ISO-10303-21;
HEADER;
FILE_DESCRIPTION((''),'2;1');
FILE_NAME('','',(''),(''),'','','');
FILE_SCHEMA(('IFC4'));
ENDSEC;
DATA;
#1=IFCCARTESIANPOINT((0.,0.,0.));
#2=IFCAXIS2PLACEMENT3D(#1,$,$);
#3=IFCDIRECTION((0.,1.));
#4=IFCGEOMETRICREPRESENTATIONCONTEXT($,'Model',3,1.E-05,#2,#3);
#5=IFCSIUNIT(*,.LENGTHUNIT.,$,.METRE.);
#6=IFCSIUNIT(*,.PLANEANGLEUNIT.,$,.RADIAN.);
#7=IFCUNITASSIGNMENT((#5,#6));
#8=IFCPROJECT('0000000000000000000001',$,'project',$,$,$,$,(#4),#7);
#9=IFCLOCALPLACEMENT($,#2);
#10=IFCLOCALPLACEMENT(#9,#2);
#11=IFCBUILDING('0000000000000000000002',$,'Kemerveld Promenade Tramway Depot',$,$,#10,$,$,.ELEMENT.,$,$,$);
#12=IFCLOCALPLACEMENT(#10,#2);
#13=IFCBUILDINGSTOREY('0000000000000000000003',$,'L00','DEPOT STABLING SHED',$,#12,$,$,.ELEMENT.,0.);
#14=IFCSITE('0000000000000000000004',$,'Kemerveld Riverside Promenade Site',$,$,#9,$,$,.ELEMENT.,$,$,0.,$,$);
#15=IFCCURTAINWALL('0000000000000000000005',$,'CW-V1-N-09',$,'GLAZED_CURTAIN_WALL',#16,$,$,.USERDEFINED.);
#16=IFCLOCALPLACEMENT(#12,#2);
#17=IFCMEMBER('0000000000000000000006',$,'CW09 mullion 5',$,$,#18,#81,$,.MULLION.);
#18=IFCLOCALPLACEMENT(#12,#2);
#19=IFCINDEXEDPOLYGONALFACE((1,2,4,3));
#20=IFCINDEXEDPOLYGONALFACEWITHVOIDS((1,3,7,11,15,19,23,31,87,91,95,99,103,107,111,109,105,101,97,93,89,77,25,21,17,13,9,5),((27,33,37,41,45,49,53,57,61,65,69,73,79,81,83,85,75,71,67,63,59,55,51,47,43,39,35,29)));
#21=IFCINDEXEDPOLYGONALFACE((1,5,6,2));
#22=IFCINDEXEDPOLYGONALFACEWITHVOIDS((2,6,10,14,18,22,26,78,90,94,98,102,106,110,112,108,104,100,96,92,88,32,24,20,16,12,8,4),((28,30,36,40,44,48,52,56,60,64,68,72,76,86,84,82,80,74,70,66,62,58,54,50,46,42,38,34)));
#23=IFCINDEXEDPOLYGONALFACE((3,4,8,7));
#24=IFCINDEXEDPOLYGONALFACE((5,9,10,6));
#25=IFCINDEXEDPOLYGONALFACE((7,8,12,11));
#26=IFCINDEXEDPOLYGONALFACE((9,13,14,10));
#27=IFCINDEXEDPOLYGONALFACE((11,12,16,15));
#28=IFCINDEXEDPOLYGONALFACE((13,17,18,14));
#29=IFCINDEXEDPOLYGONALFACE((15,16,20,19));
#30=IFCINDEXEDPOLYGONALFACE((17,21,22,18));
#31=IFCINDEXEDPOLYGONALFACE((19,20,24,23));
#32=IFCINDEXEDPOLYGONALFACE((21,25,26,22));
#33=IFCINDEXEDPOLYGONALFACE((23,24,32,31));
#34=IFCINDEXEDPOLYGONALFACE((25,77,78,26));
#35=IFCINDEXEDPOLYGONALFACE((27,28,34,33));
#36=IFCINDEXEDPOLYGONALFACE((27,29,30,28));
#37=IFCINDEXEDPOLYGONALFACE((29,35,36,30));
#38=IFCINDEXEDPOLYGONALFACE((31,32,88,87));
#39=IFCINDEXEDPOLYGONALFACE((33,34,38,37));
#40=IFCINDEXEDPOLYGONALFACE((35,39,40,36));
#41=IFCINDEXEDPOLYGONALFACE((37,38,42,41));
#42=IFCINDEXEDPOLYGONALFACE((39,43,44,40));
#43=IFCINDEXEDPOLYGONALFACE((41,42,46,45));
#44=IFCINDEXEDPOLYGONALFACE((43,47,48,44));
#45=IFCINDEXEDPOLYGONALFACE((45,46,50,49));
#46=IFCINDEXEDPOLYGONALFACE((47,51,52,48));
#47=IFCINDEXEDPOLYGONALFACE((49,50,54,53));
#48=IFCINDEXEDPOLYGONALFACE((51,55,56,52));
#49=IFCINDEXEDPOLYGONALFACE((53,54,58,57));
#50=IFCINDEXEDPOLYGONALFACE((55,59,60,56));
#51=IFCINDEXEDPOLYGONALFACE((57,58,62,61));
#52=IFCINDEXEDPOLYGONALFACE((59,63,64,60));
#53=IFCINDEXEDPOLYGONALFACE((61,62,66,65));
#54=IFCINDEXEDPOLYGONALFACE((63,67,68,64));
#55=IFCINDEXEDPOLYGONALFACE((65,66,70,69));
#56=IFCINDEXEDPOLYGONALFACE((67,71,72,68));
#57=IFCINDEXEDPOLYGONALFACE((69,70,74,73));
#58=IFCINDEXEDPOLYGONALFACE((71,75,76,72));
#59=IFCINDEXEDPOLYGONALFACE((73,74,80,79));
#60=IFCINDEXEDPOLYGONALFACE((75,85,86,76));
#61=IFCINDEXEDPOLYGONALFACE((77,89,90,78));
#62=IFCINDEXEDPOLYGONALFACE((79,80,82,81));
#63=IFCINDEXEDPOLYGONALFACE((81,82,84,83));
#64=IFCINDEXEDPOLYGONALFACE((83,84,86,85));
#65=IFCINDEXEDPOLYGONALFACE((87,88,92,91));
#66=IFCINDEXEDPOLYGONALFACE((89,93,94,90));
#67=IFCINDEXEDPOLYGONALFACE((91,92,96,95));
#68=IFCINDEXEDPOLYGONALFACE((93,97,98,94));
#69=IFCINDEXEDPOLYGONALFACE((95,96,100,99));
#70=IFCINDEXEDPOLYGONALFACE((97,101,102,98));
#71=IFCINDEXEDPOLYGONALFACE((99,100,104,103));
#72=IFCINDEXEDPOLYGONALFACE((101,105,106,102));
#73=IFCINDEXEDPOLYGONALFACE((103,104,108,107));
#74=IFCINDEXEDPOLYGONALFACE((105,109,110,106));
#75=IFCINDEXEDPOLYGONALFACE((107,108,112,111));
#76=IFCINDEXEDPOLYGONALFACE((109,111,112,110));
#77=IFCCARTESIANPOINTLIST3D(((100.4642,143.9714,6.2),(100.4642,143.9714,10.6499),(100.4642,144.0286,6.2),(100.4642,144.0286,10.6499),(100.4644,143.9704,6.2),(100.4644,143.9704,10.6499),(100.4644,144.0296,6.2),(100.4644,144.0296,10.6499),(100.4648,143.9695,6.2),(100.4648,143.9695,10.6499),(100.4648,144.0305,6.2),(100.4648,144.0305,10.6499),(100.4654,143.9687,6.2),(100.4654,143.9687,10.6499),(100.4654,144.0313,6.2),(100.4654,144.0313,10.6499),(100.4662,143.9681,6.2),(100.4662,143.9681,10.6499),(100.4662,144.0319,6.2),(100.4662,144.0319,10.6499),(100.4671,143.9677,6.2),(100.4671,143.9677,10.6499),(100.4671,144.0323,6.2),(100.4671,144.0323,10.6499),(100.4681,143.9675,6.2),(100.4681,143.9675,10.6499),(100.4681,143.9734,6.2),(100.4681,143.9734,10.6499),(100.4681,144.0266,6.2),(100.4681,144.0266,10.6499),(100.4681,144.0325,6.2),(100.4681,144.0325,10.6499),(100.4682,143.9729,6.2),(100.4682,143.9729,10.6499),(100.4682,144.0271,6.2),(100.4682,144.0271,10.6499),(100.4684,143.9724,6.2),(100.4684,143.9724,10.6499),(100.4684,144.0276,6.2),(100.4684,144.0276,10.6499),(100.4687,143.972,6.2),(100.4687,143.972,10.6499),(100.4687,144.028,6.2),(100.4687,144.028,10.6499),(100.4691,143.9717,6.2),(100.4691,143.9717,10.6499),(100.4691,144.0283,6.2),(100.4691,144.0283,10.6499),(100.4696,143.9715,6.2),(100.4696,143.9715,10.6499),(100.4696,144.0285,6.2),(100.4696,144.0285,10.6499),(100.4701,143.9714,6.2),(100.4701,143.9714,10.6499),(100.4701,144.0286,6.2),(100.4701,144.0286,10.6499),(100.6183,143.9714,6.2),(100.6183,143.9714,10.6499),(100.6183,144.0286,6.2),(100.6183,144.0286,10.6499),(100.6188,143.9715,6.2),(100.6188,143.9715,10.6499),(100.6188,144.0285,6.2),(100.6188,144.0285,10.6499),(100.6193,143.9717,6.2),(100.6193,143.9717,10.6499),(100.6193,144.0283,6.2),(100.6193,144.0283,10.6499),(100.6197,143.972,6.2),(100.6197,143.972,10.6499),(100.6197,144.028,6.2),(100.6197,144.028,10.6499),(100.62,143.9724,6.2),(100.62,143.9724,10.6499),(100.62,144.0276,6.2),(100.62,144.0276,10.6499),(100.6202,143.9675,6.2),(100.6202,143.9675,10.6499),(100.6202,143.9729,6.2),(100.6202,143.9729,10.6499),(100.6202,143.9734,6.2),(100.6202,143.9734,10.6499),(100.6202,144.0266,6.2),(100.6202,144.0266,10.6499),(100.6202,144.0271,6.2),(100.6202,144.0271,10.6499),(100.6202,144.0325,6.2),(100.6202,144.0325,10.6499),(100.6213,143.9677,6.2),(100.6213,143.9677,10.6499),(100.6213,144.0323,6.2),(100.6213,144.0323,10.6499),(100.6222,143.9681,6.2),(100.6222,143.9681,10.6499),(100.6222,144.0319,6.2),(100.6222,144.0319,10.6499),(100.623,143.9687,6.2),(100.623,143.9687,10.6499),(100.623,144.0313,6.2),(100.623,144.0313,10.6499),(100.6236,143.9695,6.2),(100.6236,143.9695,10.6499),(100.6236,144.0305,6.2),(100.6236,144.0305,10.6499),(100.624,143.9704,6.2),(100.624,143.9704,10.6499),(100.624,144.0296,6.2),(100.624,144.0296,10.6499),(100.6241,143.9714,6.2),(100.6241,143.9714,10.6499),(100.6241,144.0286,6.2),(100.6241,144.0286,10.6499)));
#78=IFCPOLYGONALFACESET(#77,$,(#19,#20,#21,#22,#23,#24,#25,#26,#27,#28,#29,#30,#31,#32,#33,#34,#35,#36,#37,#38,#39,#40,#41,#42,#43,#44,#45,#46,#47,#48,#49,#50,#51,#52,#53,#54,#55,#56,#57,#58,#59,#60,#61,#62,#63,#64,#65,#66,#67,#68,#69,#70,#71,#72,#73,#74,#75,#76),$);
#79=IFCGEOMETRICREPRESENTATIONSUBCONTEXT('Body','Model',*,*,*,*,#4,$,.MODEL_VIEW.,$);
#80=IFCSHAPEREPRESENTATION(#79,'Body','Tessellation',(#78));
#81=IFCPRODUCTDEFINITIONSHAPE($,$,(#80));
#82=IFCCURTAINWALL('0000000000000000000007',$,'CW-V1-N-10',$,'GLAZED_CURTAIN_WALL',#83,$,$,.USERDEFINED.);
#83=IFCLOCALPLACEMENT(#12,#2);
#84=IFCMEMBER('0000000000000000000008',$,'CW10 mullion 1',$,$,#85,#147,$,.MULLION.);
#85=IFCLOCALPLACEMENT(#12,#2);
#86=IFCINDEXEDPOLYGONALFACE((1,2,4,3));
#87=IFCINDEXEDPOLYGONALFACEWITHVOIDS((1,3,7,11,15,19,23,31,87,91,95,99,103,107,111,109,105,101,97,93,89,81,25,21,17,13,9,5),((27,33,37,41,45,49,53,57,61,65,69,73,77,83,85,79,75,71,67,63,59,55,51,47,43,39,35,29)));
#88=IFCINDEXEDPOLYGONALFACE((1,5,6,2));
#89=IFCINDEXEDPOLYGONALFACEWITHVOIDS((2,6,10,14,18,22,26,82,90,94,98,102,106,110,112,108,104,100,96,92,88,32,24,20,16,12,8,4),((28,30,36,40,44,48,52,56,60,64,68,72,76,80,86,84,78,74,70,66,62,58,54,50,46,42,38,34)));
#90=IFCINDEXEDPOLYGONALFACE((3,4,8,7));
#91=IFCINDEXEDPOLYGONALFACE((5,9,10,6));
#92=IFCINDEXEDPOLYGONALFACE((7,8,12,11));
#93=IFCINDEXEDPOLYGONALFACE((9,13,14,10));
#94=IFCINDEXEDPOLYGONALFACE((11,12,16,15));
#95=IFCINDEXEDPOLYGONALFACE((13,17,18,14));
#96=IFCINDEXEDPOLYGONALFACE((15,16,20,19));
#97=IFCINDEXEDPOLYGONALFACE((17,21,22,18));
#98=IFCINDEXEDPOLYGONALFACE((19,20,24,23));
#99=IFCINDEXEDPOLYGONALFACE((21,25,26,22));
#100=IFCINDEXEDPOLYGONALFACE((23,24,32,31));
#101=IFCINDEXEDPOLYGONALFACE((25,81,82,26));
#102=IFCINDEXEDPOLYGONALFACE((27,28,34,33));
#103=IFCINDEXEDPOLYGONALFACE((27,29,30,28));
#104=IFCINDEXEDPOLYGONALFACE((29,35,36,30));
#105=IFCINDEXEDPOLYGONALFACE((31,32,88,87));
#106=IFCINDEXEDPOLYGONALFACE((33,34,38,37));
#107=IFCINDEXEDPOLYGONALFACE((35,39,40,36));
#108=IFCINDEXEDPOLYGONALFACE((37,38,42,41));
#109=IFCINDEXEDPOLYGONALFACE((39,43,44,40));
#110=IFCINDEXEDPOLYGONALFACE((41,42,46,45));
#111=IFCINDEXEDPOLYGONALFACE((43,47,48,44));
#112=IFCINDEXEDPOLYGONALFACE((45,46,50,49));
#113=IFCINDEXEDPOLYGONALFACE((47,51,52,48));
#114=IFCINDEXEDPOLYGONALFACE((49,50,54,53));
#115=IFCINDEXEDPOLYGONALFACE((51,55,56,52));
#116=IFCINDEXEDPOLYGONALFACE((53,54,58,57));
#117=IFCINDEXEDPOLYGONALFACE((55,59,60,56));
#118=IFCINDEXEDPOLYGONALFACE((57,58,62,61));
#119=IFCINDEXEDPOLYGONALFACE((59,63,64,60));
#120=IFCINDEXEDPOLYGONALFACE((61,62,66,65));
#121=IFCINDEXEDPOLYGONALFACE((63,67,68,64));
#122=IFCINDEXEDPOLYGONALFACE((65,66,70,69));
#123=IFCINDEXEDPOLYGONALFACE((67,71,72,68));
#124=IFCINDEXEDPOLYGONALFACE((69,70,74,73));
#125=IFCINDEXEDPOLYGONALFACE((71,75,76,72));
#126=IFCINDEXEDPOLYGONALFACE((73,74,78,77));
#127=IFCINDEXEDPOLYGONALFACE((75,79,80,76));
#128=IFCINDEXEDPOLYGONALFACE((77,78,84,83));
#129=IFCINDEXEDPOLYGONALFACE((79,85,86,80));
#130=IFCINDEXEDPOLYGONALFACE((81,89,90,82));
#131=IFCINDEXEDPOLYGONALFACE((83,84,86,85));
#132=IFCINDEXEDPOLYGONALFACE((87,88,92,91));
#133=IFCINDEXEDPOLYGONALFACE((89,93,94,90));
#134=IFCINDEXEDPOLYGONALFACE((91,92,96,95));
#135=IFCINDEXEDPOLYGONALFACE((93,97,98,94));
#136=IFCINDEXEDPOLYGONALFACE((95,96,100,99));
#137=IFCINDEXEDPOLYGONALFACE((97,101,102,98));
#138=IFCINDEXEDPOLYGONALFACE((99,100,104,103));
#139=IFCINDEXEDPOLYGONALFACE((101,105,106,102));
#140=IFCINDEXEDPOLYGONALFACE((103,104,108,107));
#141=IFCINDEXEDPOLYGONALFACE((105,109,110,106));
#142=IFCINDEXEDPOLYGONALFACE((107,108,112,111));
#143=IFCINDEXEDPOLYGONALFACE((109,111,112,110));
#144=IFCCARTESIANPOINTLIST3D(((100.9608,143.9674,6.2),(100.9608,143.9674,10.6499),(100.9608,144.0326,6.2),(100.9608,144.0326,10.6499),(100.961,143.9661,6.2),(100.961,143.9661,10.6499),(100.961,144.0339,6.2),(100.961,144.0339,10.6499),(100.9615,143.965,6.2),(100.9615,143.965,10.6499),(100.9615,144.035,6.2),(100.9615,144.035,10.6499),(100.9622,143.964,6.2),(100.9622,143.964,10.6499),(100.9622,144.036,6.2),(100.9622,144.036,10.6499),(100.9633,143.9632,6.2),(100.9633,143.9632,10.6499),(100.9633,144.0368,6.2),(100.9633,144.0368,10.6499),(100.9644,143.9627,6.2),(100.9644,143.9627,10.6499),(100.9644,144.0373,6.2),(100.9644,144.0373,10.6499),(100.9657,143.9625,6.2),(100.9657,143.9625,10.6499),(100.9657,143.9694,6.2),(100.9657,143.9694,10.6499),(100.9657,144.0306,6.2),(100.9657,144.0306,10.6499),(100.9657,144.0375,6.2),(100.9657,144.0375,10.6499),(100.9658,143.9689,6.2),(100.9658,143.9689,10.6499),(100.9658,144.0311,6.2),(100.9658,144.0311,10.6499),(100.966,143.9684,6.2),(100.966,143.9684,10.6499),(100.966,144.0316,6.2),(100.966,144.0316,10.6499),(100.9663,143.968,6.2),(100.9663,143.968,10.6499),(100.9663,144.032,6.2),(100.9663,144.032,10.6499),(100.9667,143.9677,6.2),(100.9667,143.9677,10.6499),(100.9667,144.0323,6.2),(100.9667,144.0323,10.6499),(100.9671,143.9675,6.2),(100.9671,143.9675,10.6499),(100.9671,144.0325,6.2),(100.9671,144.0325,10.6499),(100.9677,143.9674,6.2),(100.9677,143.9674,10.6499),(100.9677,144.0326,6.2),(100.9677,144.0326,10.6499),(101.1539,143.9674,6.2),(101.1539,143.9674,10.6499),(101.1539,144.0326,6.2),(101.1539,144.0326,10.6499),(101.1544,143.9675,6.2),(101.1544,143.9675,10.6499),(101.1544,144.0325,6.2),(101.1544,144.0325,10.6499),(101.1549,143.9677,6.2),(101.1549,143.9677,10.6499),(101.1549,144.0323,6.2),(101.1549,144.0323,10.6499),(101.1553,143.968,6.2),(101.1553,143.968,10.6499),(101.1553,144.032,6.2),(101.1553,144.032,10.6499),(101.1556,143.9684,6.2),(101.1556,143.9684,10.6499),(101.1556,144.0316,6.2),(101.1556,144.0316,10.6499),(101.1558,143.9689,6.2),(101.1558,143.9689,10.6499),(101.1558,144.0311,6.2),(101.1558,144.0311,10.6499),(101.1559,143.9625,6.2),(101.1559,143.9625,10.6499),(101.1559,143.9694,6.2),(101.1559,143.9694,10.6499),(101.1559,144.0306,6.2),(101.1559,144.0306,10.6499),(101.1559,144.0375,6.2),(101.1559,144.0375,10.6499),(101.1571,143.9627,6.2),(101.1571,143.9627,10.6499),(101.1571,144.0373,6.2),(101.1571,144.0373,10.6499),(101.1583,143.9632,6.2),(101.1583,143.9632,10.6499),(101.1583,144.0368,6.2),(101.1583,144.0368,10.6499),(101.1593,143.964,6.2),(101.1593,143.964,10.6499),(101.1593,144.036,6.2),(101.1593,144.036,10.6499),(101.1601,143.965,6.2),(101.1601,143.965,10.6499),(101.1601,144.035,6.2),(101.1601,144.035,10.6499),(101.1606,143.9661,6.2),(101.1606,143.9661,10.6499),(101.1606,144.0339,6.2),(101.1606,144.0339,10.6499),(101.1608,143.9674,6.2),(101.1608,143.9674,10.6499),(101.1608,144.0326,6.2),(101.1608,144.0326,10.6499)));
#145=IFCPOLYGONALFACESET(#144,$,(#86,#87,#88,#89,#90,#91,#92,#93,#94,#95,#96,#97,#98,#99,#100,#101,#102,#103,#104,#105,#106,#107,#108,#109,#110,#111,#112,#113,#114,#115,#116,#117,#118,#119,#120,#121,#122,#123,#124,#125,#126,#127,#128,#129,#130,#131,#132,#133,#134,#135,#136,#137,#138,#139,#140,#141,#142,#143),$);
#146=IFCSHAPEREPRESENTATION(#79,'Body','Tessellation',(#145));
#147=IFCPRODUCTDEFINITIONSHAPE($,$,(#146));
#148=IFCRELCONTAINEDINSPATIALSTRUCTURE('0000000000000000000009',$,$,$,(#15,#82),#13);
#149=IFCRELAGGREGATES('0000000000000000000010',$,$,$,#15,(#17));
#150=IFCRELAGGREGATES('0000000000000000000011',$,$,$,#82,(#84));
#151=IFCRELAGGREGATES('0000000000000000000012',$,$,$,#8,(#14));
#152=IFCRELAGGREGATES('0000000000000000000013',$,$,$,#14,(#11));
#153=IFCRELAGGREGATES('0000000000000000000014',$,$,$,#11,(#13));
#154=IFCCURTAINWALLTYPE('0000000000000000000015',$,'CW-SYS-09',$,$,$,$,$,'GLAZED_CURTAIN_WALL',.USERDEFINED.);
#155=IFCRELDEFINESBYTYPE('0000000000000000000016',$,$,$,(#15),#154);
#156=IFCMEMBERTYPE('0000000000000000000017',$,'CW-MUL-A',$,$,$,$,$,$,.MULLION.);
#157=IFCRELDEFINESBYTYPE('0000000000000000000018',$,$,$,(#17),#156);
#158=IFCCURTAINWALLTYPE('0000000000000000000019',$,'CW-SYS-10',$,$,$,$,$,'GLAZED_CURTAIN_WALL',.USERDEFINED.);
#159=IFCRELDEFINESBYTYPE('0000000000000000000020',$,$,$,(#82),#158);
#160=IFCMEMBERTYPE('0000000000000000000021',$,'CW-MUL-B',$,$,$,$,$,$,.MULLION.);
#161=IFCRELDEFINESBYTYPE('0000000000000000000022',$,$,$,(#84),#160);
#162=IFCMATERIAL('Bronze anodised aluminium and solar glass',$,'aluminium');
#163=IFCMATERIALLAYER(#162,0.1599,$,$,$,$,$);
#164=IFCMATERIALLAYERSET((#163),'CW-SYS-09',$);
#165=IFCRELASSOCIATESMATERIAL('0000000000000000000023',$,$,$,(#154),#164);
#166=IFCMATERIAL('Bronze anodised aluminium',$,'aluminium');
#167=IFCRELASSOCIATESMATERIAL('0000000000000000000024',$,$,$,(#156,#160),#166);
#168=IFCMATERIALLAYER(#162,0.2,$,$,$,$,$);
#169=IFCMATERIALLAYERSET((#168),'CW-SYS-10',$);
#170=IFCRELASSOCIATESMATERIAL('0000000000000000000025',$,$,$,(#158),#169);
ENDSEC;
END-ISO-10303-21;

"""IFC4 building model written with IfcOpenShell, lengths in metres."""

from ifc_helpers import new_model, si_unit, direction, frame, origin, origin_2d, place, context, subcontext, project, spatial, hollow_rectangle, extrude, material, layer, layer_set, material_profile, profile_set, type_object, element, aggregate, save


model = new_model("IFC4")

# Units and contexts
model_context = context("Model", 3, precision=1e-05, world=origin(), true_north=direction((0.0, 1.0)))
body_context = subcontext(model_context, "Body", "Model", "MODEL_VIEW")
ifc_project = project(units=[si_unit("LENGTHUNIT", "METRE"), si_unit("PLANEANGLEUNIT", "RADIAN")], contexts=[model_context])

# Site, building, storey
site_placement = place(None, origin())
site = spatial("IfcSite", under=ifc_project, at=site_placement, Name="Kemerveld Riverside Promenade Site", CompositionType="ELEMENT", RefElevation=0.0)
building_placement = place(site_placement, origin())
building = spatial("IfcBuilding", under=site, at=building_placement, Name="Kemerveld Promenade Tramway Depot", CompositionType="ELEMENT")
storey_placement = place(building_placement, origin())
storey = spatial("IfcBuildingStorey", under=building, at=storey_placement, Name="L00", Description="DEPOT STABLING SHED", CompositionType="ELEMENT", Elevation=0.0)

# Curtain walls, members
ifc_material_1 = material(Name="Bronze anodised aluminium and solar glass", Category="aluminium")
ifc_layer_1 = layer(ifc_material_1, 0.1599)
ifc_layer_set_1 = layer_set([ifc_layer_1], Name="CW-SYS-09")
curtain_wall_type_1 = type_object("IfcCurtainWallType", Name="CW-SYS-09", ElementType="GLAZED_CURTAIN_WALL", PredefinedType="USERDEFINED", material=ifc_layer_set_1)
curtain_wall_1_placement = place(storey_placement, origin())
curtain_wall_1 = element("IfcCurtainWall", 1, at=curtain_wall_1_placement, inside=storey, type_object=curtain_wall_type_1, Name="CW-V1-N-09", ObjectType="GLAZED_CURTAIN_WALL", PredefinedType="USERDEFINED")
ifc_material_2 = material(Name="Bronze anodised aluminium", Category="aluminium")
ifc_material_profile_1 = material_profile(ifc_material_2, hollow_rectangle(XDim=0.0649, YDim=0.1599, WallThickness=0.0039, InnerFilletRadius=0.002, OuterFilletRadius=0.0039, at=origin_2d()), Name="CW-MUL-160x65")
ifc_profile_set_1 = profile_set([ifc_material_profile_1], Name="Bronze anodised aluminium")
member_type_1 = type_object("IfcMemberType", Name="CW-MUL-A", PredefinedType="MULLION", material=ifc_profile_set_1)
member_1_placement = place(storey_placement, frame((100.5442, 144.0, 6.2), z_axis=(0.0, 0.0, 1.0), x_axis=(0.0, 1.0, 0.0)))
member_1 = element("IfcMember", 2, at=member_1_placement, type_object=member_type_1, Name="CW09 mullion 5", PredefinedType="MULLION", context=body_context, shape_type="SweptSolid", body=[
    extrude(hollow_rectangle(XDim=0.0649, YDim=0.1599, WallThickness=0.0039, InnerFilletRadius=0.002, OuterFilletRadius=0.0039, at=origin_2d()), origin(), (0.0, 0.0, 1.0), 4.45),
])
ifc_layer_2 = layer(ifc_material_1, 0.2)
ifc_layer_set_2 = layer_set([ifc_layer_2], Name="CW-SYS-10")
curtain_wall_type_2 = type_object("IfcCurtainWallType", Name="CW-SYS-10", ElementType="GLAZED_CURTAIN_WALL", PredefinedType="USERDEFINED", material=ifc_layer_set_2)
curtain_wall_2_placement = place(storey_placement, origin())
curtain_wall_2 = element("IfcCurtainWall", 3, at=curtain_wall_2_placement, inside=storey, type_object=curtain_wall_type_2, Name="CW-V1-N-10", ObjectType="GLAZED_CURTAIN_WALL", PredefinedType="USERDEFINED")
ifc_material_profile_2 = material_profile(ifc_material_2, hollow_rectangle(XDim=0.075, YDim=0.2, WallThickness=0.0049, InnerFilletRadius=0.002, OuterFilletRadius=0.0049, at=origin_2d()), Name="CW-MUL-200x75")
ifc_profile_set_2 = profile_set([ifc_material_profile_2], Name="Bronze anodised aluminium")
member_type_2 = type_object("IfcMemberType", Name="CW-MUL-B", PredefinedType="MULLION", material=ifc_profile_set_2)
member_2_placement = place(storey_placement, frame((101.0608, 144.0, 6.2), z_axis=(0.0, 0.0, 1.0), x_axis=(0.0, 1.0, 0.0)))
member_2 = element("IfcMember", 4, at=member_2_placement, type_object=member_type_2, Name="CW10 mullion 1", PredefinedType="MULLION", context=body_context, shape_type="SweptSolid", body=[
    extrude(hollow_rectangle(XDim=0.075, YDim=0.2, WallThickness=0.0049, InnerFilletRadius=0.002, OuterFilletRadius=0.0049, at=origin_2d()), origin(), (0.0, 0.0, 1.0), 4.45),
])

aggregate(curtain_wall_1, [member_1])
aggregate(curtain_wall_2, [member_2])

save(model, "model.ifc")
